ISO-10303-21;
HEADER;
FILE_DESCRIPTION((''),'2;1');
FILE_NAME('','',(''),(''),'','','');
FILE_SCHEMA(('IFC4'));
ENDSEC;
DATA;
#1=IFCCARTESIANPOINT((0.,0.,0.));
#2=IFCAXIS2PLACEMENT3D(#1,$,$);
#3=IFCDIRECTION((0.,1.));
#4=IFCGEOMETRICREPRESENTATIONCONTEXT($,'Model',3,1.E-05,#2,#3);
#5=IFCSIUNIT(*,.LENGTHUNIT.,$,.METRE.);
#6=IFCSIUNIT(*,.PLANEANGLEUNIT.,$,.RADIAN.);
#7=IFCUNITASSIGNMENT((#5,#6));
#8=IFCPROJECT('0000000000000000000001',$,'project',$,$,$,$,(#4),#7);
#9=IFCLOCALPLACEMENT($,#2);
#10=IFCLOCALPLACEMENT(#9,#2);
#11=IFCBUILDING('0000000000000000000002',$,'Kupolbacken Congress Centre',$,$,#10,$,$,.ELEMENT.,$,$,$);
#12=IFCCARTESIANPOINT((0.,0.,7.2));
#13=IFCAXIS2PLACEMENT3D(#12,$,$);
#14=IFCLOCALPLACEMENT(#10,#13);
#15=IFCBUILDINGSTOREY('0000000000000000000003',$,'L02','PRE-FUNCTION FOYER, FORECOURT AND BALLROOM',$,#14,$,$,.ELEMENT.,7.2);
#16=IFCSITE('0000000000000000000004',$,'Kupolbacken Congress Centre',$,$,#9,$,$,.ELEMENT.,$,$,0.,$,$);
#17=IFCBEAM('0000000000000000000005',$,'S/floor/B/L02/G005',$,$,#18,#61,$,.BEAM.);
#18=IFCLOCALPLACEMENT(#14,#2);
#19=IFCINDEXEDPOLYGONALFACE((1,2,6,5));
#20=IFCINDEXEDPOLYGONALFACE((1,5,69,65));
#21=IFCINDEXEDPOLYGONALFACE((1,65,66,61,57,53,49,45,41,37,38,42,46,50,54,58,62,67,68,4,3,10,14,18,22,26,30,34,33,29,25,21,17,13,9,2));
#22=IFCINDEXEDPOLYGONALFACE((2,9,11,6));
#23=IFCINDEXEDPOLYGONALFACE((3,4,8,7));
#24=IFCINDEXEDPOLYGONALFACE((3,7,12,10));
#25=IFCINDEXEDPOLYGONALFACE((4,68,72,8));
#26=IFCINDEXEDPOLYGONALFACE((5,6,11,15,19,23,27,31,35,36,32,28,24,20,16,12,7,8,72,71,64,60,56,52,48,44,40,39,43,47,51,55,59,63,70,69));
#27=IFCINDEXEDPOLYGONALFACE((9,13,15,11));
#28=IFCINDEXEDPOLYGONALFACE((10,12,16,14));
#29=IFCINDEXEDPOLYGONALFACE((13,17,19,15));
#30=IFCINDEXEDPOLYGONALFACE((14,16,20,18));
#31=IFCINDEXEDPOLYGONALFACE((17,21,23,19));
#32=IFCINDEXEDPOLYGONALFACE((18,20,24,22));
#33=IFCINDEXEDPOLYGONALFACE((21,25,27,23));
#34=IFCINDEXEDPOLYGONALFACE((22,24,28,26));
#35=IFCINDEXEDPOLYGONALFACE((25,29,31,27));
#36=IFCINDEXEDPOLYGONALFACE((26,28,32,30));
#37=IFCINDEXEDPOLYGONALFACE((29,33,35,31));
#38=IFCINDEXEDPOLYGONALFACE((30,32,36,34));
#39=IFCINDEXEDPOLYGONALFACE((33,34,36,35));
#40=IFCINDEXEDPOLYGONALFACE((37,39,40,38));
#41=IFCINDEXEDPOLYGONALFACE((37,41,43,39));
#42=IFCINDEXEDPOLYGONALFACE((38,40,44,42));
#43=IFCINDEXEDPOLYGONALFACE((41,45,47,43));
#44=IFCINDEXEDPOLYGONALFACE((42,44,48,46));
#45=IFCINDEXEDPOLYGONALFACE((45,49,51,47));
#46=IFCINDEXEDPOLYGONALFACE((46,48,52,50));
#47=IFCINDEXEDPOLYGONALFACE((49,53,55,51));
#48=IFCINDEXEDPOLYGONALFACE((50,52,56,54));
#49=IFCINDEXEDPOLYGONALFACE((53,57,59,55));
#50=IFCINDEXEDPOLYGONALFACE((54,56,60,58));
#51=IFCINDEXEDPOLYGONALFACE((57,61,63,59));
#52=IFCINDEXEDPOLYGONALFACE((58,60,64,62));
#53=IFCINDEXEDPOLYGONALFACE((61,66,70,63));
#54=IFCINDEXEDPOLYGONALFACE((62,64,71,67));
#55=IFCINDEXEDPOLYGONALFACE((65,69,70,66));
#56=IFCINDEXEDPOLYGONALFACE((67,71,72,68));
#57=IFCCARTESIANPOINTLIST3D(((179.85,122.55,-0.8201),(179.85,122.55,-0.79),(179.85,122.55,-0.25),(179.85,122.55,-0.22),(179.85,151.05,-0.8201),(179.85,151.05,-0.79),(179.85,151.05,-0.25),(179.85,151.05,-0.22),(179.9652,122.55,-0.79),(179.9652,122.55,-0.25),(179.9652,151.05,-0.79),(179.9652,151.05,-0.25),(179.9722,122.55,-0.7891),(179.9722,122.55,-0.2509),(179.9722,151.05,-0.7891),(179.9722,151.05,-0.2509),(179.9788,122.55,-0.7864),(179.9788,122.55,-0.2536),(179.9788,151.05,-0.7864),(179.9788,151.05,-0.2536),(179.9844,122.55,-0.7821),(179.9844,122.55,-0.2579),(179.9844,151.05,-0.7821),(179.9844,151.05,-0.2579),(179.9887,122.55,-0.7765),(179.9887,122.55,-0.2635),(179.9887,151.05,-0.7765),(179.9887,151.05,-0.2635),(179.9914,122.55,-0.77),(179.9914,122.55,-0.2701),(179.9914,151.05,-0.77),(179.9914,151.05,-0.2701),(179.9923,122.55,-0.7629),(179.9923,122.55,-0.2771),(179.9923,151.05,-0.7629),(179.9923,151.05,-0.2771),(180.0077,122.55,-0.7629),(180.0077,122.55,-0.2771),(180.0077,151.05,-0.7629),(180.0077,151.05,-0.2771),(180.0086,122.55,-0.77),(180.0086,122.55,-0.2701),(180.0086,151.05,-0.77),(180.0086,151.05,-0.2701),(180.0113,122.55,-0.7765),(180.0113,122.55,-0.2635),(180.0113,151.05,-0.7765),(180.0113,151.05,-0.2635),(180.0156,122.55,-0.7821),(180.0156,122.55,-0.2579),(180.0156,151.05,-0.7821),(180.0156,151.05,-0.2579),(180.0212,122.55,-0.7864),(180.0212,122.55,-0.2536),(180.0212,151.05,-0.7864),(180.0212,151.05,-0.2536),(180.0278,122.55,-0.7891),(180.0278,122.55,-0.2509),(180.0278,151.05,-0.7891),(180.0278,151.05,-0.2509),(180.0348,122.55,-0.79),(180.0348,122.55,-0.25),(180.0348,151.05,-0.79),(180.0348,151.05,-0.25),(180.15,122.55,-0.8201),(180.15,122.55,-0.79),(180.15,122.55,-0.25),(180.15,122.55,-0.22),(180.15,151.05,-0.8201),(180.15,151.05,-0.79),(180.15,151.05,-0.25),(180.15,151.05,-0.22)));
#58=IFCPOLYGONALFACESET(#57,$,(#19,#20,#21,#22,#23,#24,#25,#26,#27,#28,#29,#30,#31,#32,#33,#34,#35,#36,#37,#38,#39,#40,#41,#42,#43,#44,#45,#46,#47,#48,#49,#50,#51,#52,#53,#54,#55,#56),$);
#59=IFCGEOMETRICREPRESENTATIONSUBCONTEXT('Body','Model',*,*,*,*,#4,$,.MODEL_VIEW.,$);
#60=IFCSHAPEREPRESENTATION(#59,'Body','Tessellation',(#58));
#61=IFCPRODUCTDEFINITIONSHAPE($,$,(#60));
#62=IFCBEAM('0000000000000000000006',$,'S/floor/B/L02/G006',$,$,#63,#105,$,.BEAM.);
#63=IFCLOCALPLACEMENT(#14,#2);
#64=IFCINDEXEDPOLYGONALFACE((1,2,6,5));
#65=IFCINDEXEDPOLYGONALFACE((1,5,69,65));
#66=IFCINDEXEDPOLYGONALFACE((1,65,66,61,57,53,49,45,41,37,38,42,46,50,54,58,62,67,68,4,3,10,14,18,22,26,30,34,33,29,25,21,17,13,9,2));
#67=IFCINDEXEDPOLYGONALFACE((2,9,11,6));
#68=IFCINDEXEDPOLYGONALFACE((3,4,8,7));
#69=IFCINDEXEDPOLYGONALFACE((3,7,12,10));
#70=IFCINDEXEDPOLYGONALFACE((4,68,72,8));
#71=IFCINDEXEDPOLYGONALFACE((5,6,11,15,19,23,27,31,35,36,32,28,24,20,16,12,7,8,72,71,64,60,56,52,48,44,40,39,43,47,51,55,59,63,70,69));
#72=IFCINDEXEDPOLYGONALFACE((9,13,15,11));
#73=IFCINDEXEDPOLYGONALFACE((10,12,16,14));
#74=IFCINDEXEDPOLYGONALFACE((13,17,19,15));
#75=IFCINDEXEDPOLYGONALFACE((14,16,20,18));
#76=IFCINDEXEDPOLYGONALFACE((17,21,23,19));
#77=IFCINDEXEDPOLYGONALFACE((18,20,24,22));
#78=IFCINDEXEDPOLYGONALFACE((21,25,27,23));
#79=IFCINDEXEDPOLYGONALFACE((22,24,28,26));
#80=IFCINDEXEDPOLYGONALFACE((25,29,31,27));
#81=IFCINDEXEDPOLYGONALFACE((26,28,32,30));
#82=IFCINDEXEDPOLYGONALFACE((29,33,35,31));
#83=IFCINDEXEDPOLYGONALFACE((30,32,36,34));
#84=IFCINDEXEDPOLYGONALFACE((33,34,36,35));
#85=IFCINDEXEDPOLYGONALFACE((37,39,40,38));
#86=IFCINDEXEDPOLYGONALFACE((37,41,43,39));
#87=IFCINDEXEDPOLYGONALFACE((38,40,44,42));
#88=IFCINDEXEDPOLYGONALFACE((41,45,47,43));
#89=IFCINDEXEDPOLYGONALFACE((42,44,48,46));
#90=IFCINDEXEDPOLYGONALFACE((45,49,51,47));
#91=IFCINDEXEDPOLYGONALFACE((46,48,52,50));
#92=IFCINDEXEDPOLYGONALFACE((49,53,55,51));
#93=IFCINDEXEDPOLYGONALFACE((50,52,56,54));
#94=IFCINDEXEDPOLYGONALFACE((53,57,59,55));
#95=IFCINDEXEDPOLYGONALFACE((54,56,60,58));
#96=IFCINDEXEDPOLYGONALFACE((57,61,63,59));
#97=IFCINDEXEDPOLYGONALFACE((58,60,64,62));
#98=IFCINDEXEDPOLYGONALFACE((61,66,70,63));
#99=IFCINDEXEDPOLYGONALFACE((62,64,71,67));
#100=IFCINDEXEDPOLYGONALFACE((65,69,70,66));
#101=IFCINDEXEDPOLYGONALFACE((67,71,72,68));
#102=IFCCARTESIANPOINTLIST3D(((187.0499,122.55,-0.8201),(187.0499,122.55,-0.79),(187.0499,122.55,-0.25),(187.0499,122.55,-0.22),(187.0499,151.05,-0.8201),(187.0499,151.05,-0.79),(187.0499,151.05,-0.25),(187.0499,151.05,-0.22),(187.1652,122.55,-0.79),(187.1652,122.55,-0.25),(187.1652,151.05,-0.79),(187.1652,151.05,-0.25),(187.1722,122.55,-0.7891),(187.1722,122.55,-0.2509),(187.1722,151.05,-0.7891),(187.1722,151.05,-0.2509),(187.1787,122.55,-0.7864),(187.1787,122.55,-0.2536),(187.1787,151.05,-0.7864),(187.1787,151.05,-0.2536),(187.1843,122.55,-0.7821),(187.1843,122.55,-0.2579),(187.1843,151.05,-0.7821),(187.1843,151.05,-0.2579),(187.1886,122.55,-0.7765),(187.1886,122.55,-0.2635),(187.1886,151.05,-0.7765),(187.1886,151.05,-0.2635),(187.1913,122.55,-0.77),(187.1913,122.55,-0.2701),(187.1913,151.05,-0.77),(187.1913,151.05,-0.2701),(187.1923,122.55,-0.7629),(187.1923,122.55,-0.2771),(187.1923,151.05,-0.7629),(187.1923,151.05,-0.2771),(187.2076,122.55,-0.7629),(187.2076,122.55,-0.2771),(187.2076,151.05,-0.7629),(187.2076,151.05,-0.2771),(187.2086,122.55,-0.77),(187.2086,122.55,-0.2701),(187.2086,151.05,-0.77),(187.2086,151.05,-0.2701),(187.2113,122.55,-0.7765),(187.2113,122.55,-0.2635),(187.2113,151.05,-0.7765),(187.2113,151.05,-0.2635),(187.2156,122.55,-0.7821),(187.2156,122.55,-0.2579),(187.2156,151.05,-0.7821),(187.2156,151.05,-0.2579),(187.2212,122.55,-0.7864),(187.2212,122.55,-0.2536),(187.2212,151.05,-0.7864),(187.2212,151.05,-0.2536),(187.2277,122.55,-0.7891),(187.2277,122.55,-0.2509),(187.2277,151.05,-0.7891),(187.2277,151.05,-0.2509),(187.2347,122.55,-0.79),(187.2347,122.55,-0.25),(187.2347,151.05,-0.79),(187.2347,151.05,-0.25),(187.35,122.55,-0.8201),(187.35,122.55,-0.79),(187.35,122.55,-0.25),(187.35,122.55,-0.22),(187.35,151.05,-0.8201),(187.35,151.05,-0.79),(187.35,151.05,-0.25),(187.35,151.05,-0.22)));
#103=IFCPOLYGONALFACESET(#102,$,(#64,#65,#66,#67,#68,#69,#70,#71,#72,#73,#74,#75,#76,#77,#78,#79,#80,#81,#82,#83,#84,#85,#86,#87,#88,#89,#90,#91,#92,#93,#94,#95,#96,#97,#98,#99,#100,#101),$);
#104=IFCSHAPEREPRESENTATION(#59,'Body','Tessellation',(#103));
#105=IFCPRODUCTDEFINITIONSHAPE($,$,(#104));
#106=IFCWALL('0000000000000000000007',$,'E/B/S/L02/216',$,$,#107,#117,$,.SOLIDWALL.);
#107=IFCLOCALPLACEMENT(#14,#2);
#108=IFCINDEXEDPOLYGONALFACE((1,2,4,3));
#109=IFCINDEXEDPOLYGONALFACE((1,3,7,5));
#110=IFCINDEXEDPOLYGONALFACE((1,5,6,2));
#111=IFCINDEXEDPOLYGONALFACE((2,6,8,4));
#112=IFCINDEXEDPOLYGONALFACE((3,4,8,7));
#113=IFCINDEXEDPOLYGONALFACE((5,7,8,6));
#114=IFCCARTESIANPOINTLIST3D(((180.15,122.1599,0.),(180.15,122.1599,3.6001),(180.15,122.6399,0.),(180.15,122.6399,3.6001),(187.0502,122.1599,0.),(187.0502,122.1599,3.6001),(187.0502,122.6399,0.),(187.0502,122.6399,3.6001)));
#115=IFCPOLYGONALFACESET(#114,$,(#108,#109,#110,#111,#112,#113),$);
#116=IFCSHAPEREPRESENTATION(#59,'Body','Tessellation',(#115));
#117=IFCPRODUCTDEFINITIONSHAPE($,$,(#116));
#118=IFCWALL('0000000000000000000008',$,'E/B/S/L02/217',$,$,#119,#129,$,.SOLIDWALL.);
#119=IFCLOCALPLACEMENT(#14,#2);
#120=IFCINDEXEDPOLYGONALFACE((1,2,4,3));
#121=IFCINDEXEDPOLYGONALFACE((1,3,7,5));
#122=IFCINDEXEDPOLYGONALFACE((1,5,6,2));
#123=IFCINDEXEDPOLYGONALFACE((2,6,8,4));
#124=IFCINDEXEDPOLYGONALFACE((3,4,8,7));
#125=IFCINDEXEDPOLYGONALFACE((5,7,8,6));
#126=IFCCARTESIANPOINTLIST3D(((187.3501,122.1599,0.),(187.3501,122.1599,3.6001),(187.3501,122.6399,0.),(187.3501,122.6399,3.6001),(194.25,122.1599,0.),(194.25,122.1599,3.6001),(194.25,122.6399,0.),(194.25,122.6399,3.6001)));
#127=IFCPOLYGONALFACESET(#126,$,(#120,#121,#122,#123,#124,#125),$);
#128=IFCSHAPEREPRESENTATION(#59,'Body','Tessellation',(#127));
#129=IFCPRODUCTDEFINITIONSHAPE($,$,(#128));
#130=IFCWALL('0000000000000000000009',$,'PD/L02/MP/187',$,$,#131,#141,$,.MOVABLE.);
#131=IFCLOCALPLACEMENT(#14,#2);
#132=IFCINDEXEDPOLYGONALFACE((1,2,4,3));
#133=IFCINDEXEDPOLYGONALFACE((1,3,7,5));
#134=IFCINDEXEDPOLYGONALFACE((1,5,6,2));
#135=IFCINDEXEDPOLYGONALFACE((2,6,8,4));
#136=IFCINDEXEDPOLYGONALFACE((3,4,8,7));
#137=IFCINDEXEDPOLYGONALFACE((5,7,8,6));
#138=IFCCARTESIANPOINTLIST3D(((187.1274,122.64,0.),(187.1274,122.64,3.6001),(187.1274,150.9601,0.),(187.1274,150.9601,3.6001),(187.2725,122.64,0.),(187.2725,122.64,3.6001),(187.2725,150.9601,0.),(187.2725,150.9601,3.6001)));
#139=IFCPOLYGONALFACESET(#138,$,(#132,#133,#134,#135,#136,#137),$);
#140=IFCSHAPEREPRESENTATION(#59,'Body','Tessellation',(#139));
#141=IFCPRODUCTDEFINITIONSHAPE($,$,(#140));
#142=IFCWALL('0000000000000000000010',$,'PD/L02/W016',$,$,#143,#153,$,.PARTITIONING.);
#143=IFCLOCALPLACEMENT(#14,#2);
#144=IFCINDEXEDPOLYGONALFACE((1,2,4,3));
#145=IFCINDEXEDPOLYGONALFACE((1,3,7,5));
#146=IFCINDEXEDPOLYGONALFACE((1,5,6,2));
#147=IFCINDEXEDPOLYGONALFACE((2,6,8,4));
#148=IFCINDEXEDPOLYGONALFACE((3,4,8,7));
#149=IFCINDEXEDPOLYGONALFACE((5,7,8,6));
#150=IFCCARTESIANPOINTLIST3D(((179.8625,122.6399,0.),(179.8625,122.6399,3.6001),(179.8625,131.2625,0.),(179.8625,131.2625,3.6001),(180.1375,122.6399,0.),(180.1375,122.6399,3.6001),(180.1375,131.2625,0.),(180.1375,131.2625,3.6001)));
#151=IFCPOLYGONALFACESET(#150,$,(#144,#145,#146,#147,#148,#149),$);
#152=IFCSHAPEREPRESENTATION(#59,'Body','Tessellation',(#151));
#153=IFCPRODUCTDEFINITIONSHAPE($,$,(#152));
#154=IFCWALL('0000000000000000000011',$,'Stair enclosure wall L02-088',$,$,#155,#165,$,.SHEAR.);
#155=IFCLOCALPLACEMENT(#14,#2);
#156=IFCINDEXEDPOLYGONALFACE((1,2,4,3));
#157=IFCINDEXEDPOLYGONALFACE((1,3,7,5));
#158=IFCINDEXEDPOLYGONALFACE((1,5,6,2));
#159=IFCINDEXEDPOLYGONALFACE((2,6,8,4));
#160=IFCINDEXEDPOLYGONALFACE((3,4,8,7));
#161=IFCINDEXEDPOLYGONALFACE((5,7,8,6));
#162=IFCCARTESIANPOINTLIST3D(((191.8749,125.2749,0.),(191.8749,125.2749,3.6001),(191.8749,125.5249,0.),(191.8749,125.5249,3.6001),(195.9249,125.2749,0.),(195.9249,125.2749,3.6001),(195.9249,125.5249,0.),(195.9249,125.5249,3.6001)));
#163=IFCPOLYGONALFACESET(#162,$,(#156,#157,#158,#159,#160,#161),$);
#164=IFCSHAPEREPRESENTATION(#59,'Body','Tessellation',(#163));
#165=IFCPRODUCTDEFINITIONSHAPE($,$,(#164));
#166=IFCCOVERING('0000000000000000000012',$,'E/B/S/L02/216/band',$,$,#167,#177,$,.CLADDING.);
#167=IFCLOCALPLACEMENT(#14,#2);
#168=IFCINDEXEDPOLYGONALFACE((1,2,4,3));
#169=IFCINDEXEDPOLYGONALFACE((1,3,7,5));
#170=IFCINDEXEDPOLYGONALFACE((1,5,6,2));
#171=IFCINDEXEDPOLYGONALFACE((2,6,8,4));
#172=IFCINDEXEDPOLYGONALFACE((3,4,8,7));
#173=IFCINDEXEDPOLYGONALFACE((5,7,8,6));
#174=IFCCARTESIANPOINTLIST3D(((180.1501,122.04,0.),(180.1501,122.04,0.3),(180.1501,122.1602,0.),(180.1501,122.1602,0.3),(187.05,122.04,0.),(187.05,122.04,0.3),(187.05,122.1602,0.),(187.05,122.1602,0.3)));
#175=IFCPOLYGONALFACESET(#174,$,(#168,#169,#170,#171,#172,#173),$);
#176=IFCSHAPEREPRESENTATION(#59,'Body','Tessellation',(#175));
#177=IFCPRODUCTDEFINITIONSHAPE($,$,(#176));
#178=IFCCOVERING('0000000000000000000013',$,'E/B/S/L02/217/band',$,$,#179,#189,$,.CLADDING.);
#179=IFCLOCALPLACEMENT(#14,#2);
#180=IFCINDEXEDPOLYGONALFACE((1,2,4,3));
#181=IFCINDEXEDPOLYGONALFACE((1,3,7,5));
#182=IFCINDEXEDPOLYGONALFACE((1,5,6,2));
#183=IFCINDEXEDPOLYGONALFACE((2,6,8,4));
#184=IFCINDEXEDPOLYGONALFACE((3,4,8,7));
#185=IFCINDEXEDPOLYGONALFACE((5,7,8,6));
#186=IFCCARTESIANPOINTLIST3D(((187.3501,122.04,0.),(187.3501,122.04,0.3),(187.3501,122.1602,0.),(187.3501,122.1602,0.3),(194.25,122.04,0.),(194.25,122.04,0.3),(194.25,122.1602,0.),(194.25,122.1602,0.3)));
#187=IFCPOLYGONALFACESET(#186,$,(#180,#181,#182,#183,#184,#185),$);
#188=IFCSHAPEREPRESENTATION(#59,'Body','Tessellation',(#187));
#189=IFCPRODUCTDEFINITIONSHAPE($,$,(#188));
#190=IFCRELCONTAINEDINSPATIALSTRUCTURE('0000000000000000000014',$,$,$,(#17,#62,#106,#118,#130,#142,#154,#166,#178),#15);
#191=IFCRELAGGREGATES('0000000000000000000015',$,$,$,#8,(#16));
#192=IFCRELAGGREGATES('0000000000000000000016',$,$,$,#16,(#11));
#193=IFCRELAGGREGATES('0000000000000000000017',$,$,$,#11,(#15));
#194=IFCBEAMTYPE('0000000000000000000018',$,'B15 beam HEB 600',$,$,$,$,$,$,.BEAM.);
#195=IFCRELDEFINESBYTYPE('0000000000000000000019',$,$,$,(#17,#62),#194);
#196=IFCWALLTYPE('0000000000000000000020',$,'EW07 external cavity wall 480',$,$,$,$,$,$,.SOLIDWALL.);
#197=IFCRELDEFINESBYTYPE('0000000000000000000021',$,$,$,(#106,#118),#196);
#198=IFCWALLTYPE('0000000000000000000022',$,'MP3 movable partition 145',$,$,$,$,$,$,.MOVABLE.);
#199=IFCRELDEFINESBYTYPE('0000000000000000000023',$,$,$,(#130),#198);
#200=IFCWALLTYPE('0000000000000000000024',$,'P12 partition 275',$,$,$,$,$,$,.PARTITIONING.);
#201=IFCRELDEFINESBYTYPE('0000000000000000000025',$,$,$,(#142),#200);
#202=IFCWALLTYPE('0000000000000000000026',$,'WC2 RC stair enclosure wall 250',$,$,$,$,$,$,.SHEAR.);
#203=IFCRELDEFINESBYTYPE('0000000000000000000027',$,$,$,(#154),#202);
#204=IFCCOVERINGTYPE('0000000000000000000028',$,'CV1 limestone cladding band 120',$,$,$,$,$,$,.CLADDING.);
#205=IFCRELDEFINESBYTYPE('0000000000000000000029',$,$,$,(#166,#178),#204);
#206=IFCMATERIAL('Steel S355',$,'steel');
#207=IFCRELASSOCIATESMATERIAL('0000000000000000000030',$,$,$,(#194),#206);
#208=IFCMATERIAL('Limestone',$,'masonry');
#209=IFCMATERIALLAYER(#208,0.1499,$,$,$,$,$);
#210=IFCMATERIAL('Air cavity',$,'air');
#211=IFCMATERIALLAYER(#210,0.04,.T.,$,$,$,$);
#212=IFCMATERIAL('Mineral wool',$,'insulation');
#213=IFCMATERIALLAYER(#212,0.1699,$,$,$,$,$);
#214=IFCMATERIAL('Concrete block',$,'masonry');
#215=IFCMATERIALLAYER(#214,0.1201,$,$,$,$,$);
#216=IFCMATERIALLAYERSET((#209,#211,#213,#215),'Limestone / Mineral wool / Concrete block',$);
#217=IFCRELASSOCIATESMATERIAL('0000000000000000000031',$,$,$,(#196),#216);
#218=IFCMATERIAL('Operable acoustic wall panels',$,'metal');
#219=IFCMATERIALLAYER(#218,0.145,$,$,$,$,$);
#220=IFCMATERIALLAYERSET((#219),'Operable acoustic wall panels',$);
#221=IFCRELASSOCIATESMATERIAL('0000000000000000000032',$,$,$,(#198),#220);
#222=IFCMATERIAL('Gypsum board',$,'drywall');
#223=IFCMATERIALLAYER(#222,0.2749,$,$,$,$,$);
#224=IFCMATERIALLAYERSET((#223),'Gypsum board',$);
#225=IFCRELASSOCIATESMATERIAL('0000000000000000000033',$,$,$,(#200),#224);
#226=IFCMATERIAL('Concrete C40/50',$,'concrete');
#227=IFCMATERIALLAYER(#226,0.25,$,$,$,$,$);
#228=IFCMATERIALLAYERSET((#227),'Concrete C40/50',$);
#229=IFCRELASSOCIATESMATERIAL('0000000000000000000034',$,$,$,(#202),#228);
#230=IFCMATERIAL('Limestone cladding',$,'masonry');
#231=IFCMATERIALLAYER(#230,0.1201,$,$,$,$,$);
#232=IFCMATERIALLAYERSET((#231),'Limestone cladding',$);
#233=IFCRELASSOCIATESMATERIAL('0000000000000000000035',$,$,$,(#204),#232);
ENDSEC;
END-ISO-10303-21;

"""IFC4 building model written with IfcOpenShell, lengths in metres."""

from ifc_helpers import new_model, si_unit, direction, frame, frame_2d, origin, origin_2d, place, context, subcontext, project, spatial, rectangle, i_section, extrude, material, layer, layer_set, material_profile, profile_set, type_object, element, save


model = new_model("IFC4")

# Units and contexts
model_context = context("Model", 3, precision=1e-05, world=origin(), true_north=direction((0.0, 1.0)))
body_context = subcontext(model_context, "Body", "Model", "MODEL_VIEW")
ifc_project = project(units=[si_unit("LENGTHUNIT", "METRE"), si_unit("PLANEANGLEUNIT", "RADIAN")], contexts=[model_context])

# Site, building, storey
site_placement = place(None, origin())
site = spatial("IfcSite", under=ifc_project, at=site_placement, Name="Kupolbacken Congress Centre", CompositionType="ELEMENT", RefElevation=0.0)
building_placement = place(site_placement, origin())
building = spatial("IfcBuilding", under=site, at=building_placement, Name="Kupolbacken Congress Centre", CompositionType="ELEMENT")
storey_placement = place(building_placement, frame((0.0, 0.0, 7.2)))
storey = spatial("IfcBuildingStorey", under=building, at=storey_placement, Name="L02", Description="PRE-FUNCTION FOYER, FORECOURT AND BALLROOM", CompositionType="ELEMENT", Elevation=7.2)

# Beams
ifc_material_1 = material(Name="Steel S355", Category="steel")
ifc_material_profile_1 = material_profile(ifc_material_1, i_section(OverallWidth=0.3, OverallDepth=0.6001, WebThickness=0.0154, FlangeThickness=0.03, FilletRadius=0.0271, at=origin_2d()), Name="HEB 600")
ifc_profile_set_1 = profile_set([ifc_material_profile_1], Name="Steel S355")
beam_type_1 = type_object("IfcBeamType", Name="B15 beam HEB 600", PredefinedType="BEAM", material=ifc_profile_set_1)
for number, where, z_axis, x_axis, name in (
    (1, (180.0, 122.55, -0.52), (0.0, 1.0, 0.0), (-1.0, 0.0, 0.0), "S/floor/B/L02/G005"),
    (2, (187.2, 122.55, -0.52), (0.0, 1.0, 0.0), (-1.0, 0.0, 0.0), "S/floor/B/L02/G006"),
):
    element("IfcBeam", number, at=place(storey_placement, frame(where, z_axis=z_axis, x_axis=x_axis)), inside=storey, type_object=beam_type_1, Name=name, PredefinedType="BEAM", context=body_context, shape_type="SweptSolid", body=[
        extrude(i_section(OverallWidth=0.3, OverallDepth=0.6001, WebThickness=0.0154, FlangeThickness=0.03, FilletRadius=0.0271, at=origin_2d()), origin(), (0.0, 0.0, 1.0), 28.5),
    ])

# Walls
ifc_material_2 = material(Name="Limestone", Category="masonry")
ifc_layer_1 = layer(ifc_material_2, 0.1499)
ifc_material_3 = material(Name="Air cavity", Category="air")
ifc_layer_2 = layer(ifc_material_3, 0.04, ventilated=True)
ifc_material_4 = material(Name="Mineral wool", Category="insulation")
ifc_layer_3 = layer(ifc_material_4, 0.1699)
ifc_material_5 = material(Name="Concrete block", Category="masonry")
ifc_layer_4 = layer(ifc_material_5, 0.1201)
ifc_layer_set_1 = layer_set([ifc_layer_1, ifc_layer_2, ifc_layer_3, ifc_layer_4], Name="Limestone / Mineral wool / Concrete block")
wall_type_1 = type_object("IfcWallType", Name="EW07 external cavity wall 480", PredefinedType="SOLIDWALL", material=ifc_layer_set_1)
wall_1_placement = place(storey_placement, frame((180.1499, 122.3999, 0.0), z_axis=(0.0, 0.0, 1.0), x_axis=(1.0, 0.0, 0.0)))
element("IfcWall", 3, at=wall_1_placement, inside=storey, type_object=wall_type_1, Name="E/B/S/L02/216", PredefinedType="SOLIDWALL", context=body_context, shape_type="SweptSolid", body=[
    extrude(rectangle(XDim=6.9001, YDim=0.48, at=frame_2d((3.4502, 0.0))), origin(), (0.0, 0.0, 1.0), 3.6001),
])
wall_2_placement = place(storey_placement, frame((187.3501, 122.3999, 0.0), z_axis=(0.0, 0.0, 1.0), x_axis=(1.0, 0.0, 0.0)))
element("IfcWall", 4, at=wall_2_placement, inside=storey, type_object=wall_type_1, Name="E/B/S/L02/217", PredefinedType="SOLIDWALL", context=body_context, shape_type="SweptSolid", body=[
    extrude(rectangle(XDim=6.8999, YDim=0.48, at=frame_2d((3.45, 0.0))), origin(), (0.0, 0.0, 1.0), 3.6001),
])
ifc_material_6 = material(Name="Operable acoustic wall panels", Category="metal")
ifc_layer_5 = layer(ifc_material_6, 0.145)
ifc_layer_set_2 = layer_set([ifc_layer_5], Name="Operable acoustic wall panels")
wall_type_2 = type_object("IfcWallType", Name="MP3 movable partition 145", PredefinedType="MOVABLE", material=ifc_layer_set_2)
wall_3_placement = place(storey_placement, frame((187.2, 122.6399, 0.0), z_axis=(0.0, 0.0, 1.0), x_axis=(0.0, 1.0, 0.0)))
element("IfcWall", 5, at=wall_3_placement, inside=storey, type_object=wall_type_2, Name="PD/L02/MP/187", PredefinedType="MOVABLE", context=body_context, shape_type="SweptSolid", body=[
    extrude(rectangle(XDim=28.3201, YDim=0.145, at=frame_2d((14.1602, 0.0))), origin(), (0.0, 0.0, 1.0), 3.6001),
])
ifc_material_7 = material(Name="Gypsum board", Category="drywall")
ifc_layer_6 = layer(ifc_material_7, 0.2749)
ifc_layer_set_3 = layer_set([ifc_layer_6], Name="Gypsum board")
wall_type_3 = type_object("IfcWallType", Name="P12 partition 275", PredefinedType="PARTITIONING", material=ifc_layer_set_3)
wall_4_placement = place(storey_placement, frame((180.0, 131.2625, 0.0), z_axis=(0.0, 0.0, 1.0), x_axis=(0.0, -1.0, 0.0)))
element("IfcWall", 6, at=wall_4_placement, inside=storey, type_object=wall_type_3, Name="PD/L02/W016", PredefinedType="PARTITIONING", context=body_context, shape_type="SweptSolid", body=[
    extrude(rectangle(XDim=8.6226, YDim=0.2749, at=frame_2d((4.3113, 0.0))), origin(), (0.0, 0.0, 1.0), 3.6001),
])
ifc_material_8 = material(Name="Concrete C40/50", Category="concrete")
ifc_layer_7 = layer(ifc_material_8, 0.25)
ifc_layer_set_4 = layer_set([ifc_layer_7], Name="Concrete C40/50")
wall_type_4 = type_object("IfcWallType", Name="WC2 RC stair enclosure wall 250", PredefinedType="SHEAR", material=ifc_layer_set_4)
wall_5_placement = place(storey_placement, frame((191.875, 125.3999, 0.0), z_axis=(0.0, 0.0, 1.0), x_axis=(1.0, 0.0, 0.0)))
element("IfcWall", 7, at=wall_5_placement, inside=storey, type_object=wall_type_4, Name="Stair enclosure wall L02-088", PredefinedType="SHEAR", context=body_context, shape_type="SweptSolid", body=[
    extrude(rectangle(XDim=4.05, YDim=0.25, at=frame_2d((2.0249, 0.0))), origin(), (0.0, 0.0, 1.0), 3.6001),
])

# Coverings
ifc_material_9 = material(Name="Limestone cladding", Category="masonry")
ifc_layer_8 = layer(ifc_material_9, 0.1201)
ifc_layer_set_5 = layer_set([ifc_layer_8], Name="Limestone cladding")
covering_type_1 = type_object("IfcCoveringType", Name="CV1 limestone cladding band 120", PredefinedType="CLADDING", material=ifc_layer_set_5)
for number, where, z_axis, x_axis, name in (
    (8, (183.6001, 122.1001, 0.0), (0.0, 0.0, 1.0), (1.0, 0.0, 0.0), "E/B/S/L02/216/band"),
    (9, (190.8, 122.1001, 0.0), (0.0, 0.0, 1.0), (1.0, 0.0, 0.0), "E/B/S/L02/217/band"),
):
    element("IfcCovering", number, at=place(storey_placement, frame(where, z_axis=z_axis, x_axis=x_axis)), inside=storey, type_object=covering_type_1, Name=name, PredefinedType="CLADDING", context=body_context, shape_type="SweptSolid", body=[
        extrude(rectangle(XDim=6.8999, YDim=0.1201, at=origin_2d()), origin(), (0.0, 0.0, 1.0), 0.3),
    ])

save(model, "model.ifc")
